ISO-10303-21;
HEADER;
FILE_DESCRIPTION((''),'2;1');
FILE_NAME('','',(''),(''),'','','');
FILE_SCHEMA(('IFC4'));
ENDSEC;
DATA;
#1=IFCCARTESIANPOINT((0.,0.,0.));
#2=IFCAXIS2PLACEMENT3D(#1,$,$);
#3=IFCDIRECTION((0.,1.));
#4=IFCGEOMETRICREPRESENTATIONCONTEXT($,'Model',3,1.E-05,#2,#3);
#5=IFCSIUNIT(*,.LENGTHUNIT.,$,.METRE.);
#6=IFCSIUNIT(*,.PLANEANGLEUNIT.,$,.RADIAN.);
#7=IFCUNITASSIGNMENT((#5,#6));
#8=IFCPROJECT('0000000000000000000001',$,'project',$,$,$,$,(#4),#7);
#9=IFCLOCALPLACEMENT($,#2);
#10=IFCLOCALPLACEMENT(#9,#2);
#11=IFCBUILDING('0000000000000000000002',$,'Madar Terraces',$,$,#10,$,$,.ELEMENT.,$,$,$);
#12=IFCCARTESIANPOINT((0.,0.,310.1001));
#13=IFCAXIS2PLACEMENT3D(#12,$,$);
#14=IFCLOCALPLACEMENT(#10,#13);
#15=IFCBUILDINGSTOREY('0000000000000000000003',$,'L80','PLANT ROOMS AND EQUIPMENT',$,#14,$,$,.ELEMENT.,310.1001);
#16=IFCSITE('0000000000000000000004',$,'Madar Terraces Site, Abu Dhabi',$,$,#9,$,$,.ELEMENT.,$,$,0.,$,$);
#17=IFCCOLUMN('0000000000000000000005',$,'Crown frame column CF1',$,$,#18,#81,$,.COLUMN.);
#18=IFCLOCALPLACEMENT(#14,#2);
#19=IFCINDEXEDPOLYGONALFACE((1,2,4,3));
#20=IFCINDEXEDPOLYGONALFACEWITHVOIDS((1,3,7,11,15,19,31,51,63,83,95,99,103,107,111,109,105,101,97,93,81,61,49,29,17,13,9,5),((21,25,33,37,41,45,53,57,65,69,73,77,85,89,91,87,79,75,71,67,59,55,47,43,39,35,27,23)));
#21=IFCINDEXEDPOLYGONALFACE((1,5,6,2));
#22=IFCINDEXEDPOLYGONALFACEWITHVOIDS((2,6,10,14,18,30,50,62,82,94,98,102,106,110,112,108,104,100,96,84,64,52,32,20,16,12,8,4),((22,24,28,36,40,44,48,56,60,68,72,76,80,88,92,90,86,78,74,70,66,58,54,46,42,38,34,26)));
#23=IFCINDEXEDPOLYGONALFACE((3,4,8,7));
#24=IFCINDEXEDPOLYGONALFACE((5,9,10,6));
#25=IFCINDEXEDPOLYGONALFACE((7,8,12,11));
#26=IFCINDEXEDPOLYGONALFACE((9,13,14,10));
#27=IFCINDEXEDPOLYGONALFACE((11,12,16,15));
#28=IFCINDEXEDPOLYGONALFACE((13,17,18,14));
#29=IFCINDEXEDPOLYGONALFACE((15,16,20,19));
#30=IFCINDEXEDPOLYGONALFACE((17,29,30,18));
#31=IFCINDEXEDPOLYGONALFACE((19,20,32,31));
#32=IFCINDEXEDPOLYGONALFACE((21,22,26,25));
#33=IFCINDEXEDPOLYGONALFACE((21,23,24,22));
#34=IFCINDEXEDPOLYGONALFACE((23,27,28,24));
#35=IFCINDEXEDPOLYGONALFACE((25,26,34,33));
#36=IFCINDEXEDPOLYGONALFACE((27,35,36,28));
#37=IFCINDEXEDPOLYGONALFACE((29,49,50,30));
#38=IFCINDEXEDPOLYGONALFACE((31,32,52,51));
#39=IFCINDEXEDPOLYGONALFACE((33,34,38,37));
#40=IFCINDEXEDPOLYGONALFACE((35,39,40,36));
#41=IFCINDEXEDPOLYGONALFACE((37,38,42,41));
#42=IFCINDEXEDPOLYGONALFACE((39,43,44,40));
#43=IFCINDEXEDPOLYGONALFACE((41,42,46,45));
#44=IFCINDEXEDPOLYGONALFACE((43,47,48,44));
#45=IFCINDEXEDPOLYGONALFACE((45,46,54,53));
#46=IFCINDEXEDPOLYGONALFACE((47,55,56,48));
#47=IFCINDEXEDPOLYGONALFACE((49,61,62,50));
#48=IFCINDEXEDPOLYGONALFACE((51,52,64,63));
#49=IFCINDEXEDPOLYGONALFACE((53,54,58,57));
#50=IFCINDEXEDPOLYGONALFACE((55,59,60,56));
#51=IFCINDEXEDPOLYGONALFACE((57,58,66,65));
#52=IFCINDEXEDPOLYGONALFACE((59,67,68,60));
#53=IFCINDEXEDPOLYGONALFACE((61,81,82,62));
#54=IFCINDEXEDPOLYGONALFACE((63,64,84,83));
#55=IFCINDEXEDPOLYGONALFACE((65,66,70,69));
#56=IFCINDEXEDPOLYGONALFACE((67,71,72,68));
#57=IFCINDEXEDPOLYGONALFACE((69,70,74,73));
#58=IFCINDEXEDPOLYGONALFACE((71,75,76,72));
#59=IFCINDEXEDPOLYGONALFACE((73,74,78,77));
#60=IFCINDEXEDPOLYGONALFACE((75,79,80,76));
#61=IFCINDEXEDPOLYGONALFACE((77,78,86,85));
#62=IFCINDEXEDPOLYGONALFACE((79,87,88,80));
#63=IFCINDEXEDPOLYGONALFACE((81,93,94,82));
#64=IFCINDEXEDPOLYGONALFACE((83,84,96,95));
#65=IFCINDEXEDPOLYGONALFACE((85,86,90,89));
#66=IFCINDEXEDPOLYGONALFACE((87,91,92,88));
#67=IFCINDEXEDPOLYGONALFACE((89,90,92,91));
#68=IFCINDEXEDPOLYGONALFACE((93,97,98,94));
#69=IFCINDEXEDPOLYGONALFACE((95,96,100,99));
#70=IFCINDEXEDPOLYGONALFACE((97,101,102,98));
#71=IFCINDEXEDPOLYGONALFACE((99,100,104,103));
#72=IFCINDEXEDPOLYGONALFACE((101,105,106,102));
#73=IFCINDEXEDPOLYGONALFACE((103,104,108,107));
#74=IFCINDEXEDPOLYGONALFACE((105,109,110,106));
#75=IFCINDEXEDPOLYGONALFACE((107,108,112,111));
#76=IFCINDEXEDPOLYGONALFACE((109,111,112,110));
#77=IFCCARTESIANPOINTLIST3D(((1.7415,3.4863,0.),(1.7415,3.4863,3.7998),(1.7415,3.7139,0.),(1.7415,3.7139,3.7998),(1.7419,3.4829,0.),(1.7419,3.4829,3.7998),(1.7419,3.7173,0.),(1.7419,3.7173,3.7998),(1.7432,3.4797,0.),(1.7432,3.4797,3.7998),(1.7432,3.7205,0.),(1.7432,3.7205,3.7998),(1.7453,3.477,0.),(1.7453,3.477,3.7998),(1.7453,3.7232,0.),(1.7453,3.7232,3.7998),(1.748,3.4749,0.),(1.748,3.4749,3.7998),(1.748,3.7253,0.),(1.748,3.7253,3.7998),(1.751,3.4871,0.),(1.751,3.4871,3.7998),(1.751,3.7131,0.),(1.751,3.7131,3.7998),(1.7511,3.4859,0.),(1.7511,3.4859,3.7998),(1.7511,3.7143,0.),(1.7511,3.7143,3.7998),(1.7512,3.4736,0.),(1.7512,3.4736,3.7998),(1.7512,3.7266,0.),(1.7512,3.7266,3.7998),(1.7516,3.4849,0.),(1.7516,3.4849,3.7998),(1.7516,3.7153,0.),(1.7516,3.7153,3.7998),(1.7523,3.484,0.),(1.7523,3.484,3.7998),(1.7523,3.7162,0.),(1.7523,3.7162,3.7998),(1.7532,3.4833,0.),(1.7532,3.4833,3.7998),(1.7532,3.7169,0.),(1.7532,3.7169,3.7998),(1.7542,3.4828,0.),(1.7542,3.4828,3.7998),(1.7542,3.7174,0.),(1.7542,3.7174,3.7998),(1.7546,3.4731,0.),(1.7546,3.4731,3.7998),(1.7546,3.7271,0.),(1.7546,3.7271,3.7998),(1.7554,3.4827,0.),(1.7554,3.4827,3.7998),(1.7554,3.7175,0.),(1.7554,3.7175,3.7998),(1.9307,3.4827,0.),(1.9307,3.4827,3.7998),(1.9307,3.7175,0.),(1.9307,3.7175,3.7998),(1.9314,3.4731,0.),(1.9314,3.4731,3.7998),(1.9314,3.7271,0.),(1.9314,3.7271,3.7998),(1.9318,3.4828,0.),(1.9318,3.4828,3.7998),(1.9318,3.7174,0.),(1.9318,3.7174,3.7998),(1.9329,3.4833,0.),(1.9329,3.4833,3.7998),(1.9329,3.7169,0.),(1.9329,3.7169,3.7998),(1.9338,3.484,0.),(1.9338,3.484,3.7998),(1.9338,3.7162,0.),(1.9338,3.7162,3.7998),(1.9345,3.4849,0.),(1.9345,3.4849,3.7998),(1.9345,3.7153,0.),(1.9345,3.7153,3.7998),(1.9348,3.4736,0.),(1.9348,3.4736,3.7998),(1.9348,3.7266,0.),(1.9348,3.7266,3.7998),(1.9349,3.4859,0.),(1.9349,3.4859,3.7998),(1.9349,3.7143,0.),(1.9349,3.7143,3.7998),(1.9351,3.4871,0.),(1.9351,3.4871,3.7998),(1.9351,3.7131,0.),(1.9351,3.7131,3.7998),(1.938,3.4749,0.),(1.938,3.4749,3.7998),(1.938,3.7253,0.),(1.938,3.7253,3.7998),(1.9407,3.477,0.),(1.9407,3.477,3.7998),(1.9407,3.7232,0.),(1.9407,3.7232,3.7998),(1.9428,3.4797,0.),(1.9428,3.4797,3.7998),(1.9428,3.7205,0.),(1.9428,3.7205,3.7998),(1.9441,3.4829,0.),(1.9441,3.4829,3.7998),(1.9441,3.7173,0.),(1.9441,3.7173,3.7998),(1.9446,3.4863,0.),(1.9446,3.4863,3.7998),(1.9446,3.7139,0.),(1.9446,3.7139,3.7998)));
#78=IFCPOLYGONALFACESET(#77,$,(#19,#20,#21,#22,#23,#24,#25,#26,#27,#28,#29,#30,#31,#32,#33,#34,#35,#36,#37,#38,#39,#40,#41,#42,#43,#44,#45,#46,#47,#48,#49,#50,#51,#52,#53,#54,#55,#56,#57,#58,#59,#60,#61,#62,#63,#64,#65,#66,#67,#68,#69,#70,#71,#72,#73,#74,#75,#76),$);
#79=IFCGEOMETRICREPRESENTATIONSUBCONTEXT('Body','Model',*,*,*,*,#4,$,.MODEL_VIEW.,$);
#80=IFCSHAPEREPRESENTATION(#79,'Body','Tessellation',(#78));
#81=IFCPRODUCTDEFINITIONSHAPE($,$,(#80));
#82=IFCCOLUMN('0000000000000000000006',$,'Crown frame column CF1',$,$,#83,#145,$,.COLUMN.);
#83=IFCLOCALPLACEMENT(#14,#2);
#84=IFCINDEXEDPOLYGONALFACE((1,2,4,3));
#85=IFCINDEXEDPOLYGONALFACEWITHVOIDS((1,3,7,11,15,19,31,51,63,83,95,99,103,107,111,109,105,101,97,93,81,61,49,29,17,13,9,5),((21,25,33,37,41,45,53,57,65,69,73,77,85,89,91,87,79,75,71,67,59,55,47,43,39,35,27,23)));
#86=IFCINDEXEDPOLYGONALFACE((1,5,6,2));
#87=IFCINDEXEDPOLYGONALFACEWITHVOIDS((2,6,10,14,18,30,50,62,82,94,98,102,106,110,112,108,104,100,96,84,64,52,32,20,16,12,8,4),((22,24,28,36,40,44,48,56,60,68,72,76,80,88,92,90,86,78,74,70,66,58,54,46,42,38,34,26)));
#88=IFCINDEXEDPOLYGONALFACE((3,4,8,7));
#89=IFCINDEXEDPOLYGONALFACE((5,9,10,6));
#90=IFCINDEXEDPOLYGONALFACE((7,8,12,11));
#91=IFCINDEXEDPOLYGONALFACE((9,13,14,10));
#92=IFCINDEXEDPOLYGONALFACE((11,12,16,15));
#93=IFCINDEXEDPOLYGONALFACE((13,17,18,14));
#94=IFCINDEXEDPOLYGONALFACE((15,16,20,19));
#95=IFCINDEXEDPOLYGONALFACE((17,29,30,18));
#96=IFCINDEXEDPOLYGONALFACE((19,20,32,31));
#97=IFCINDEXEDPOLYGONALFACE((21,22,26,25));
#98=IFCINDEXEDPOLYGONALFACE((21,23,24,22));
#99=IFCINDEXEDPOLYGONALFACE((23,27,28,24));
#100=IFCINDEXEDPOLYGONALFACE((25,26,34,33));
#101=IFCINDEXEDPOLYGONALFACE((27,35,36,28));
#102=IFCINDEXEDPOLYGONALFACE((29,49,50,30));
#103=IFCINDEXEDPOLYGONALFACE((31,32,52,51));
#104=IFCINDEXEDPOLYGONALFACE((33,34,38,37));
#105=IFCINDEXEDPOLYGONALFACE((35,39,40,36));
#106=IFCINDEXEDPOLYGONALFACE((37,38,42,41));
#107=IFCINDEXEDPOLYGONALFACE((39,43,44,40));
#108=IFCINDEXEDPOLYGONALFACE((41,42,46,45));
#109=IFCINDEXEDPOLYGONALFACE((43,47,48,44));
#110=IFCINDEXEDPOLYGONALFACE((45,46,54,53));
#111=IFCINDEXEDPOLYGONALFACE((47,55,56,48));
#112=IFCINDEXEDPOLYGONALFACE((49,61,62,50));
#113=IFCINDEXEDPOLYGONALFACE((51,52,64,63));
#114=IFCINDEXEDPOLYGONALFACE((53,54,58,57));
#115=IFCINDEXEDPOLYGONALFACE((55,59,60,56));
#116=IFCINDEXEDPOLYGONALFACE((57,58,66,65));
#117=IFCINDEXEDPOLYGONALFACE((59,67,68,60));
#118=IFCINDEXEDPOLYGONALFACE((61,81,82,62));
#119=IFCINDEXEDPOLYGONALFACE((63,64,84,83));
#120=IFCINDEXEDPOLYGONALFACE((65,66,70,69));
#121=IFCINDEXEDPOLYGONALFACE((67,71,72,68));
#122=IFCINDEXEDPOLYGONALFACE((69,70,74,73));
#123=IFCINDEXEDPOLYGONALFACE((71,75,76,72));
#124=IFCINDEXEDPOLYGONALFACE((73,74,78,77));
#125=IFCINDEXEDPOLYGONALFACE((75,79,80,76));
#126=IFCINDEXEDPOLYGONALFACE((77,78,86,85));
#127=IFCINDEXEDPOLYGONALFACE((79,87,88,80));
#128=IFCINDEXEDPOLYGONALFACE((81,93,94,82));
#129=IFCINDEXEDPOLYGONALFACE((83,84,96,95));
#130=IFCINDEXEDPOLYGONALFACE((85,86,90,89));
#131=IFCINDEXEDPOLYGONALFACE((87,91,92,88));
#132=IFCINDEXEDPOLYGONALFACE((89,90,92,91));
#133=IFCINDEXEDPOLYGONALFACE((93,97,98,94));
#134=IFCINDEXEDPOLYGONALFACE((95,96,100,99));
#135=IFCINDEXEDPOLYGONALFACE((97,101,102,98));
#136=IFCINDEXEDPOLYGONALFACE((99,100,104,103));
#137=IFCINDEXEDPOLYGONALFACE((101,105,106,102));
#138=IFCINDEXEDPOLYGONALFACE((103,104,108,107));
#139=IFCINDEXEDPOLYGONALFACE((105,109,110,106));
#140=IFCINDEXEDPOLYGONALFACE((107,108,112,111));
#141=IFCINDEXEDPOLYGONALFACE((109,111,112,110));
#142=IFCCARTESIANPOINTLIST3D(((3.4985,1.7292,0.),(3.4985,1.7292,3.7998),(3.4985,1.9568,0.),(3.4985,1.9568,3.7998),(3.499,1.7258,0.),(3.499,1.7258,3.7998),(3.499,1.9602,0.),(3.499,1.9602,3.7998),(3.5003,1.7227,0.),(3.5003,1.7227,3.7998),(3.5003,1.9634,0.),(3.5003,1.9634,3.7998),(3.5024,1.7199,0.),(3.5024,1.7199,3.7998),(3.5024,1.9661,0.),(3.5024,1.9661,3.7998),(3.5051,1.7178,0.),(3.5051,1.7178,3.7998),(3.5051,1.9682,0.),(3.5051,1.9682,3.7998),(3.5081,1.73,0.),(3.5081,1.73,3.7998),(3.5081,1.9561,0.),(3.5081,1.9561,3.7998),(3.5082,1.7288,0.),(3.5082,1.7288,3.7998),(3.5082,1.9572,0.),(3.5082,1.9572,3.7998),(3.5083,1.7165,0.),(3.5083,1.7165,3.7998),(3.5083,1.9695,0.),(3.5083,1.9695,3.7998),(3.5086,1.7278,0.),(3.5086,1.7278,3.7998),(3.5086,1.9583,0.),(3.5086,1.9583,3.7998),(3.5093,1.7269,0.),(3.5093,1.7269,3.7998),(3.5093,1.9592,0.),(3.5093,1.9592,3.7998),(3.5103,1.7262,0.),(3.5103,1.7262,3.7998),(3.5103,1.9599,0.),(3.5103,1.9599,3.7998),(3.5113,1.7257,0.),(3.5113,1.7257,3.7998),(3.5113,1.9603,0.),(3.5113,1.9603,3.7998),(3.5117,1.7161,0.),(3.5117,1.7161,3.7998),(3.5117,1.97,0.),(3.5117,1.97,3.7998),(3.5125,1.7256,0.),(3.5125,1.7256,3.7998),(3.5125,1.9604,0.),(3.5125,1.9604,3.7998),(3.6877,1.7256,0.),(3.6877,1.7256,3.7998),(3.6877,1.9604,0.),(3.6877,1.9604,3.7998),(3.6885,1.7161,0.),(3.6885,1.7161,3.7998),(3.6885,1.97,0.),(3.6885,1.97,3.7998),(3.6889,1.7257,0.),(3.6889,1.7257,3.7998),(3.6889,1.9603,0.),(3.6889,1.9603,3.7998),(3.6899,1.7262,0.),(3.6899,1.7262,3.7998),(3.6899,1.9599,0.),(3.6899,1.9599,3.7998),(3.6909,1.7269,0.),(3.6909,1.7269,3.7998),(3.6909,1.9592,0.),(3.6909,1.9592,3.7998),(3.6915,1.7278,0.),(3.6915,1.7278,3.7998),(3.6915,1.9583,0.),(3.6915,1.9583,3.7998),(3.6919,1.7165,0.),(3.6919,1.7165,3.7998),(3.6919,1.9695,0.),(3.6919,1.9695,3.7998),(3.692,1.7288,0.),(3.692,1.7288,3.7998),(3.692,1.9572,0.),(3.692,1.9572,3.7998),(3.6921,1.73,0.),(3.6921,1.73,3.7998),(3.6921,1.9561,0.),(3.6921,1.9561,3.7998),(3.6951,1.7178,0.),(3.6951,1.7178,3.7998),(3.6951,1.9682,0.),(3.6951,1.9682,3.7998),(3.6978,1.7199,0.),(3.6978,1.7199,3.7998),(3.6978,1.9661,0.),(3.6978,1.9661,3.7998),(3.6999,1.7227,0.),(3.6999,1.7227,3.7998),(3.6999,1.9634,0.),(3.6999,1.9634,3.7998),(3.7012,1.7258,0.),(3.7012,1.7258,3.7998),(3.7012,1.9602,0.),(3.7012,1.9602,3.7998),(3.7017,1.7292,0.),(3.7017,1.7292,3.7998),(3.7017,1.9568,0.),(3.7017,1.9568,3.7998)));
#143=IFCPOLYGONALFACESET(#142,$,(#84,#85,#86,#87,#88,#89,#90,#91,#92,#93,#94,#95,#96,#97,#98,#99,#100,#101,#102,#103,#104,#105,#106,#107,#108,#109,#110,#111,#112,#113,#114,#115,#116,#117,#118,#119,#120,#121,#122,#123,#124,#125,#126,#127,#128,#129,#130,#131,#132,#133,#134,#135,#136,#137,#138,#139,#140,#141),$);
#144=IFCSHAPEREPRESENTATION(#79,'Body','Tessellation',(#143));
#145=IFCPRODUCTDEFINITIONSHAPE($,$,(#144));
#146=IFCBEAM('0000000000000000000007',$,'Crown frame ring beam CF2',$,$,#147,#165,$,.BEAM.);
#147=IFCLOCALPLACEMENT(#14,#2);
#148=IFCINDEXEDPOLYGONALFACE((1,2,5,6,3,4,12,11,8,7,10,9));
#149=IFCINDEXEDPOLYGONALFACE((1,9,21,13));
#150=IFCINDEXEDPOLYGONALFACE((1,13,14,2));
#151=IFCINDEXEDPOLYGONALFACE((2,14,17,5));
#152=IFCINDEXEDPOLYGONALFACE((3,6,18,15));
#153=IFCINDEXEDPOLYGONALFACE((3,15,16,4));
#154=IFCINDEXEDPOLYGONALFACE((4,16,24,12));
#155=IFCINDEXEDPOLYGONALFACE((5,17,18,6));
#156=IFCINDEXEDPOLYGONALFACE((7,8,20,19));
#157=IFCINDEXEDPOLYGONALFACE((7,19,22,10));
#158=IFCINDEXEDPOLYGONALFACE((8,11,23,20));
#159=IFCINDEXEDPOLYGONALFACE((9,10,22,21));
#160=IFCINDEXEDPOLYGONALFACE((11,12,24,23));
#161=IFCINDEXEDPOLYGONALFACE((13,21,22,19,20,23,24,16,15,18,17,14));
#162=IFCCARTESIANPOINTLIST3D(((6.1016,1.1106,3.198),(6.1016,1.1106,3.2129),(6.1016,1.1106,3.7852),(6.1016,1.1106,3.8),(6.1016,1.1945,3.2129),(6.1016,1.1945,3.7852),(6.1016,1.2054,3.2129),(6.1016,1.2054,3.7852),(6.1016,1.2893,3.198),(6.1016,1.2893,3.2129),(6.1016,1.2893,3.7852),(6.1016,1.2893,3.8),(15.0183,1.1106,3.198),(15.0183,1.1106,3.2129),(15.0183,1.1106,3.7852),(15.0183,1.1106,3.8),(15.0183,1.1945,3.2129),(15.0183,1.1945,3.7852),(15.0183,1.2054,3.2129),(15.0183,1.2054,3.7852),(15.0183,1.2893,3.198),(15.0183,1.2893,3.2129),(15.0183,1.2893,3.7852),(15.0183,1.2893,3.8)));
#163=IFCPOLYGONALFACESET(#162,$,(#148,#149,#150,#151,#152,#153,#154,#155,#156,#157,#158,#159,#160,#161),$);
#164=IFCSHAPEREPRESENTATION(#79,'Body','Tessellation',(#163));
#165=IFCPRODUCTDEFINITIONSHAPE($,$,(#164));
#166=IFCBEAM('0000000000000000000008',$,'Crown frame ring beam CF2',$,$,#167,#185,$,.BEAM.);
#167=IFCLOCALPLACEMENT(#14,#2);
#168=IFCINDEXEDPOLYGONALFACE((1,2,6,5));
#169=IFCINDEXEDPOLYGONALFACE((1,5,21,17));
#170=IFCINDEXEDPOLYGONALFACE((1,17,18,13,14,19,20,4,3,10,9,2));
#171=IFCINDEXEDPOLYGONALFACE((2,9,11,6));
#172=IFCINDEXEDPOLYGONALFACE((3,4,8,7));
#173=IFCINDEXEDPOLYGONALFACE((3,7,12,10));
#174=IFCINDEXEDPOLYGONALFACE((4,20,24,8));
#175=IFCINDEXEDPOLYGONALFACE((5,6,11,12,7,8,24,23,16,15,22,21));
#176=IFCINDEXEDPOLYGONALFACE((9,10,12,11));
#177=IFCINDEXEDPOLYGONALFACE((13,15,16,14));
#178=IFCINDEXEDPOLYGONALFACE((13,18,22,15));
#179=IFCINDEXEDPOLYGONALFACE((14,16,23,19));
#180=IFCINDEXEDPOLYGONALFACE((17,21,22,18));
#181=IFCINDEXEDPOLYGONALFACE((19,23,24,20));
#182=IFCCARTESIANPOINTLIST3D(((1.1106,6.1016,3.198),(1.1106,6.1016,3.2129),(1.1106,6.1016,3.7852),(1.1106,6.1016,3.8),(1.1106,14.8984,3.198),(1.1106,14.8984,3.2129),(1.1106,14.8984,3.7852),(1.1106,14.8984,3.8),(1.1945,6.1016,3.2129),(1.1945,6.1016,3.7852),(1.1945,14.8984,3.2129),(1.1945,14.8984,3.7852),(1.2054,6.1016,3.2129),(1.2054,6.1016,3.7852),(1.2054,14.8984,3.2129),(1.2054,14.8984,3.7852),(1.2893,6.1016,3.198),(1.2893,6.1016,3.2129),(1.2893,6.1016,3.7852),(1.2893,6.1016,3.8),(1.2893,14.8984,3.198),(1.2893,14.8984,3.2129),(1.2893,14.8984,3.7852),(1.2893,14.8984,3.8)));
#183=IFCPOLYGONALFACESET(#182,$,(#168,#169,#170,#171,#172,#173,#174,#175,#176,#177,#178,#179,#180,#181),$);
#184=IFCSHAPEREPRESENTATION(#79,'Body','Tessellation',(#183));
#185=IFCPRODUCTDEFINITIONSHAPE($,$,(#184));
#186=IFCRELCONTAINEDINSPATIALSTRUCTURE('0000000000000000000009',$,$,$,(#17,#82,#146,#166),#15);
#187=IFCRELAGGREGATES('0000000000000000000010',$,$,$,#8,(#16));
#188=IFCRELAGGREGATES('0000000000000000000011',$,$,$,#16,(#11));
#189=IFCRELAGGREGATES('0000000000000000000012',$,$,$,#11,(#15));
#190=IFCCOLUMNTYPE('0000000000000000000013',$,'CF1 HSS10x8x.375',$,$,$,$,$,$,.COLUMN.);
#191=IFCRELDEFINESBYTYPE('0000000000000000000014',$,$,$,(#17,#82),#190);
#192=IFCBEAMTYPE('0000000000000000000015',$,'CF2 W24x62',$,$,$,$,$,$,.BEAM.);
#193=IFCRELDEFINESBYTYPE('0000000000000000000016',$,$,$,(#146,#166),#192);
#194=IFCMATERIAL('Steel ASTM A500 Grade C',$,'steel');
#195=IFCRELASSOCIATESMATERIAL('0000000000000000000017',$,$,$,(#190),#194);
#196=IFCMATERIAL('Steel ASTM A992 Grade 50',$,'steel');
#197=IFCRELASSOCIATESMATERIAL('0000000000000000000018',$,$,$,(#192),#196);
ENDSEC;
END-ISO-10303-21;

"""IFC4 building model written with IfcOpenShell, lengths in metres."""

from ifc_helpers import new_model, si_unit, direction, frame, origin, origin_2d, place, context, subcontext, project, spatial, hollow_rectangle, i_section, extrude, material, material_profile, profile_set, type_object, element, save


model = new_model("IFC4")

# Units and contexts
model_context = context("Model", 3, precision=1e-05, world=origin(), true_north=direction((0.0, 1.0)))
body_context = subcontext(model_context, "Body", "Model", "MODEL_VIEW")
ifc_project = project(units=[si_unit("LENGTHUNIT", "METRE"), si_unit("PLANEANGLEUNIT", "RADIAN")], contexts=[model_context])

# Site, building, storey
site_placement = place(None, origin())
site = spatial("IfcSite", under=ifc_project, at=site_placement, Name="Madar Terraces Site, Abu Dhabi", CompositionType="ELEMENT", RefElevation=0.0)
building_placement = place(site_placement, origin())
building = spatial("IfcBuilding", under=site, at=building_placement, Name="Madar Terraces", CompositionType="ELEMENT")
storey_placement = place(building_placement, frame((0.0, 0.0, 310.1001)))
storey = spatial("IfcBuildingStorey", under=building, at=storey_placement, Name="L80", Description="PLANT ROOMS AND EQUIPMENT", CompositionType="ELEMENT", Elevation=310.1001)

# Columns
ifc_material_1 = material(Name="Steel ASTM A500 Grade C", Category="steel")
ifc_material_profile_1 = material_profile(ifc_material_1, hollow_rectangle(XDim=0.2031, YDim=0.2539, WallThickness=0.0095, InnerFilletRadius=0.0044, OuterFilletRadius=0.0132, at=origin_2d()), Name="HSS10x8x.375")
ifc_profile_set_1 = profile_set([ifc_material_profile_1], Name="Steel ASTM A500 Grade C")
column_type = type_object("IfcColumnType", Name="CF1 HSS10x8x.375", PredefinedType="COLUMN", material=ifc_profile_set_1)
for number, where, z_axis, x_axis, name in (
    (1, (1.843, 3.6001, 0.0), (0.0, 0.0, 1.0), (1.0, 0.0, 0.0), "Crown frame column CF1"),
    (2, (3.6001, 1.843, 0.0), (0.0, 0.0, 1.0), (1.0, 0.0, 0.0), "Crown frame column CF1"),
):
    element("IfcColumn", number, at=place(storey_placement, frame(where, z_axis=z_axis, x_axis=x_axis)), inside=storey, type_object=column_type, Name=name, PredefinedType="COLUMN", context=body_context, shape_type="SweptSolid", body=[
        extrude(hollow_rectangle(XDim=0.2031, YDim=0.2539, WallThickness=0.0095, InnerFilletRadius=0.0044, OuterFilletRadius=0.0132, at=origin_2d()), origin(), (0.0, 0.0, 1.0), 3.7998),
    ])

# Beams
ifc_material_2 = material(Name="Steel ASTM A992 Grade 50", Category="steel")
ifc_material_profile_2 = material_profile(ifc_material_2, i_section(OverallWidth=0.1787, OverallDepth=0.6021, WebThickness=0.011, FlangeThickness=0.0149, at=origin_2d()), Name="W24x62")
ifc_profile_set_2 = profile_set([ifc_material_profile_2], Name="Steel ASTM A992 Grade 50")
beam_type = type_object("IfcBeamType", Name="CF2 W24x62", PredefinedType="BEAM", material=ifc_profile_set_2)
beam_1_placement = place(storey_placement, frame((6.1016, 1.2, 3.499), z_axis=(1.0, 0.0, 0.0), x_axis=(0.0, 1.0, 0.0)))
element("IfcBeam", 3, at=beam_1_placement, inside=storey, type_object=beam_type, Name="Crown frame ring beam CF2", PredefinedType="BEAM", context=body_context, shape_type="SweptSolid", body=[
    extrude(i_section(OverallWidth=0.1787, OverallDepth=0.6021, WebThickness=0.011, FlangeThickness=0.0149, at=origin_2d()), origin(), (0.0, 0.0, 1.0), 8.9167),
])
beam_2_placement = place(storey_placement, frame((1.2, 14.8984, 3.499), z_axis=(0.0, -1.0, 0.0), x_axis=(1.0, 0.0, 0.0)))
element("IfcBeam", 4, at=beam_2_placement, inside=storey, type_object=beam_type, Name="Crown frame ring beam CF2", PredefinedType="BEAM", context=body_context, shape_type="SweptSolid", body=[
    extrude(i_section(OverallWidth=0.1787, OverallDepth=0.6021, WebThickness=0.011, FlangeThickness=0.0149, at=origin_2d()), origin(), (0.0, 0.0, 1.0), 8.7969),
])

save(model, "model.ifc")
